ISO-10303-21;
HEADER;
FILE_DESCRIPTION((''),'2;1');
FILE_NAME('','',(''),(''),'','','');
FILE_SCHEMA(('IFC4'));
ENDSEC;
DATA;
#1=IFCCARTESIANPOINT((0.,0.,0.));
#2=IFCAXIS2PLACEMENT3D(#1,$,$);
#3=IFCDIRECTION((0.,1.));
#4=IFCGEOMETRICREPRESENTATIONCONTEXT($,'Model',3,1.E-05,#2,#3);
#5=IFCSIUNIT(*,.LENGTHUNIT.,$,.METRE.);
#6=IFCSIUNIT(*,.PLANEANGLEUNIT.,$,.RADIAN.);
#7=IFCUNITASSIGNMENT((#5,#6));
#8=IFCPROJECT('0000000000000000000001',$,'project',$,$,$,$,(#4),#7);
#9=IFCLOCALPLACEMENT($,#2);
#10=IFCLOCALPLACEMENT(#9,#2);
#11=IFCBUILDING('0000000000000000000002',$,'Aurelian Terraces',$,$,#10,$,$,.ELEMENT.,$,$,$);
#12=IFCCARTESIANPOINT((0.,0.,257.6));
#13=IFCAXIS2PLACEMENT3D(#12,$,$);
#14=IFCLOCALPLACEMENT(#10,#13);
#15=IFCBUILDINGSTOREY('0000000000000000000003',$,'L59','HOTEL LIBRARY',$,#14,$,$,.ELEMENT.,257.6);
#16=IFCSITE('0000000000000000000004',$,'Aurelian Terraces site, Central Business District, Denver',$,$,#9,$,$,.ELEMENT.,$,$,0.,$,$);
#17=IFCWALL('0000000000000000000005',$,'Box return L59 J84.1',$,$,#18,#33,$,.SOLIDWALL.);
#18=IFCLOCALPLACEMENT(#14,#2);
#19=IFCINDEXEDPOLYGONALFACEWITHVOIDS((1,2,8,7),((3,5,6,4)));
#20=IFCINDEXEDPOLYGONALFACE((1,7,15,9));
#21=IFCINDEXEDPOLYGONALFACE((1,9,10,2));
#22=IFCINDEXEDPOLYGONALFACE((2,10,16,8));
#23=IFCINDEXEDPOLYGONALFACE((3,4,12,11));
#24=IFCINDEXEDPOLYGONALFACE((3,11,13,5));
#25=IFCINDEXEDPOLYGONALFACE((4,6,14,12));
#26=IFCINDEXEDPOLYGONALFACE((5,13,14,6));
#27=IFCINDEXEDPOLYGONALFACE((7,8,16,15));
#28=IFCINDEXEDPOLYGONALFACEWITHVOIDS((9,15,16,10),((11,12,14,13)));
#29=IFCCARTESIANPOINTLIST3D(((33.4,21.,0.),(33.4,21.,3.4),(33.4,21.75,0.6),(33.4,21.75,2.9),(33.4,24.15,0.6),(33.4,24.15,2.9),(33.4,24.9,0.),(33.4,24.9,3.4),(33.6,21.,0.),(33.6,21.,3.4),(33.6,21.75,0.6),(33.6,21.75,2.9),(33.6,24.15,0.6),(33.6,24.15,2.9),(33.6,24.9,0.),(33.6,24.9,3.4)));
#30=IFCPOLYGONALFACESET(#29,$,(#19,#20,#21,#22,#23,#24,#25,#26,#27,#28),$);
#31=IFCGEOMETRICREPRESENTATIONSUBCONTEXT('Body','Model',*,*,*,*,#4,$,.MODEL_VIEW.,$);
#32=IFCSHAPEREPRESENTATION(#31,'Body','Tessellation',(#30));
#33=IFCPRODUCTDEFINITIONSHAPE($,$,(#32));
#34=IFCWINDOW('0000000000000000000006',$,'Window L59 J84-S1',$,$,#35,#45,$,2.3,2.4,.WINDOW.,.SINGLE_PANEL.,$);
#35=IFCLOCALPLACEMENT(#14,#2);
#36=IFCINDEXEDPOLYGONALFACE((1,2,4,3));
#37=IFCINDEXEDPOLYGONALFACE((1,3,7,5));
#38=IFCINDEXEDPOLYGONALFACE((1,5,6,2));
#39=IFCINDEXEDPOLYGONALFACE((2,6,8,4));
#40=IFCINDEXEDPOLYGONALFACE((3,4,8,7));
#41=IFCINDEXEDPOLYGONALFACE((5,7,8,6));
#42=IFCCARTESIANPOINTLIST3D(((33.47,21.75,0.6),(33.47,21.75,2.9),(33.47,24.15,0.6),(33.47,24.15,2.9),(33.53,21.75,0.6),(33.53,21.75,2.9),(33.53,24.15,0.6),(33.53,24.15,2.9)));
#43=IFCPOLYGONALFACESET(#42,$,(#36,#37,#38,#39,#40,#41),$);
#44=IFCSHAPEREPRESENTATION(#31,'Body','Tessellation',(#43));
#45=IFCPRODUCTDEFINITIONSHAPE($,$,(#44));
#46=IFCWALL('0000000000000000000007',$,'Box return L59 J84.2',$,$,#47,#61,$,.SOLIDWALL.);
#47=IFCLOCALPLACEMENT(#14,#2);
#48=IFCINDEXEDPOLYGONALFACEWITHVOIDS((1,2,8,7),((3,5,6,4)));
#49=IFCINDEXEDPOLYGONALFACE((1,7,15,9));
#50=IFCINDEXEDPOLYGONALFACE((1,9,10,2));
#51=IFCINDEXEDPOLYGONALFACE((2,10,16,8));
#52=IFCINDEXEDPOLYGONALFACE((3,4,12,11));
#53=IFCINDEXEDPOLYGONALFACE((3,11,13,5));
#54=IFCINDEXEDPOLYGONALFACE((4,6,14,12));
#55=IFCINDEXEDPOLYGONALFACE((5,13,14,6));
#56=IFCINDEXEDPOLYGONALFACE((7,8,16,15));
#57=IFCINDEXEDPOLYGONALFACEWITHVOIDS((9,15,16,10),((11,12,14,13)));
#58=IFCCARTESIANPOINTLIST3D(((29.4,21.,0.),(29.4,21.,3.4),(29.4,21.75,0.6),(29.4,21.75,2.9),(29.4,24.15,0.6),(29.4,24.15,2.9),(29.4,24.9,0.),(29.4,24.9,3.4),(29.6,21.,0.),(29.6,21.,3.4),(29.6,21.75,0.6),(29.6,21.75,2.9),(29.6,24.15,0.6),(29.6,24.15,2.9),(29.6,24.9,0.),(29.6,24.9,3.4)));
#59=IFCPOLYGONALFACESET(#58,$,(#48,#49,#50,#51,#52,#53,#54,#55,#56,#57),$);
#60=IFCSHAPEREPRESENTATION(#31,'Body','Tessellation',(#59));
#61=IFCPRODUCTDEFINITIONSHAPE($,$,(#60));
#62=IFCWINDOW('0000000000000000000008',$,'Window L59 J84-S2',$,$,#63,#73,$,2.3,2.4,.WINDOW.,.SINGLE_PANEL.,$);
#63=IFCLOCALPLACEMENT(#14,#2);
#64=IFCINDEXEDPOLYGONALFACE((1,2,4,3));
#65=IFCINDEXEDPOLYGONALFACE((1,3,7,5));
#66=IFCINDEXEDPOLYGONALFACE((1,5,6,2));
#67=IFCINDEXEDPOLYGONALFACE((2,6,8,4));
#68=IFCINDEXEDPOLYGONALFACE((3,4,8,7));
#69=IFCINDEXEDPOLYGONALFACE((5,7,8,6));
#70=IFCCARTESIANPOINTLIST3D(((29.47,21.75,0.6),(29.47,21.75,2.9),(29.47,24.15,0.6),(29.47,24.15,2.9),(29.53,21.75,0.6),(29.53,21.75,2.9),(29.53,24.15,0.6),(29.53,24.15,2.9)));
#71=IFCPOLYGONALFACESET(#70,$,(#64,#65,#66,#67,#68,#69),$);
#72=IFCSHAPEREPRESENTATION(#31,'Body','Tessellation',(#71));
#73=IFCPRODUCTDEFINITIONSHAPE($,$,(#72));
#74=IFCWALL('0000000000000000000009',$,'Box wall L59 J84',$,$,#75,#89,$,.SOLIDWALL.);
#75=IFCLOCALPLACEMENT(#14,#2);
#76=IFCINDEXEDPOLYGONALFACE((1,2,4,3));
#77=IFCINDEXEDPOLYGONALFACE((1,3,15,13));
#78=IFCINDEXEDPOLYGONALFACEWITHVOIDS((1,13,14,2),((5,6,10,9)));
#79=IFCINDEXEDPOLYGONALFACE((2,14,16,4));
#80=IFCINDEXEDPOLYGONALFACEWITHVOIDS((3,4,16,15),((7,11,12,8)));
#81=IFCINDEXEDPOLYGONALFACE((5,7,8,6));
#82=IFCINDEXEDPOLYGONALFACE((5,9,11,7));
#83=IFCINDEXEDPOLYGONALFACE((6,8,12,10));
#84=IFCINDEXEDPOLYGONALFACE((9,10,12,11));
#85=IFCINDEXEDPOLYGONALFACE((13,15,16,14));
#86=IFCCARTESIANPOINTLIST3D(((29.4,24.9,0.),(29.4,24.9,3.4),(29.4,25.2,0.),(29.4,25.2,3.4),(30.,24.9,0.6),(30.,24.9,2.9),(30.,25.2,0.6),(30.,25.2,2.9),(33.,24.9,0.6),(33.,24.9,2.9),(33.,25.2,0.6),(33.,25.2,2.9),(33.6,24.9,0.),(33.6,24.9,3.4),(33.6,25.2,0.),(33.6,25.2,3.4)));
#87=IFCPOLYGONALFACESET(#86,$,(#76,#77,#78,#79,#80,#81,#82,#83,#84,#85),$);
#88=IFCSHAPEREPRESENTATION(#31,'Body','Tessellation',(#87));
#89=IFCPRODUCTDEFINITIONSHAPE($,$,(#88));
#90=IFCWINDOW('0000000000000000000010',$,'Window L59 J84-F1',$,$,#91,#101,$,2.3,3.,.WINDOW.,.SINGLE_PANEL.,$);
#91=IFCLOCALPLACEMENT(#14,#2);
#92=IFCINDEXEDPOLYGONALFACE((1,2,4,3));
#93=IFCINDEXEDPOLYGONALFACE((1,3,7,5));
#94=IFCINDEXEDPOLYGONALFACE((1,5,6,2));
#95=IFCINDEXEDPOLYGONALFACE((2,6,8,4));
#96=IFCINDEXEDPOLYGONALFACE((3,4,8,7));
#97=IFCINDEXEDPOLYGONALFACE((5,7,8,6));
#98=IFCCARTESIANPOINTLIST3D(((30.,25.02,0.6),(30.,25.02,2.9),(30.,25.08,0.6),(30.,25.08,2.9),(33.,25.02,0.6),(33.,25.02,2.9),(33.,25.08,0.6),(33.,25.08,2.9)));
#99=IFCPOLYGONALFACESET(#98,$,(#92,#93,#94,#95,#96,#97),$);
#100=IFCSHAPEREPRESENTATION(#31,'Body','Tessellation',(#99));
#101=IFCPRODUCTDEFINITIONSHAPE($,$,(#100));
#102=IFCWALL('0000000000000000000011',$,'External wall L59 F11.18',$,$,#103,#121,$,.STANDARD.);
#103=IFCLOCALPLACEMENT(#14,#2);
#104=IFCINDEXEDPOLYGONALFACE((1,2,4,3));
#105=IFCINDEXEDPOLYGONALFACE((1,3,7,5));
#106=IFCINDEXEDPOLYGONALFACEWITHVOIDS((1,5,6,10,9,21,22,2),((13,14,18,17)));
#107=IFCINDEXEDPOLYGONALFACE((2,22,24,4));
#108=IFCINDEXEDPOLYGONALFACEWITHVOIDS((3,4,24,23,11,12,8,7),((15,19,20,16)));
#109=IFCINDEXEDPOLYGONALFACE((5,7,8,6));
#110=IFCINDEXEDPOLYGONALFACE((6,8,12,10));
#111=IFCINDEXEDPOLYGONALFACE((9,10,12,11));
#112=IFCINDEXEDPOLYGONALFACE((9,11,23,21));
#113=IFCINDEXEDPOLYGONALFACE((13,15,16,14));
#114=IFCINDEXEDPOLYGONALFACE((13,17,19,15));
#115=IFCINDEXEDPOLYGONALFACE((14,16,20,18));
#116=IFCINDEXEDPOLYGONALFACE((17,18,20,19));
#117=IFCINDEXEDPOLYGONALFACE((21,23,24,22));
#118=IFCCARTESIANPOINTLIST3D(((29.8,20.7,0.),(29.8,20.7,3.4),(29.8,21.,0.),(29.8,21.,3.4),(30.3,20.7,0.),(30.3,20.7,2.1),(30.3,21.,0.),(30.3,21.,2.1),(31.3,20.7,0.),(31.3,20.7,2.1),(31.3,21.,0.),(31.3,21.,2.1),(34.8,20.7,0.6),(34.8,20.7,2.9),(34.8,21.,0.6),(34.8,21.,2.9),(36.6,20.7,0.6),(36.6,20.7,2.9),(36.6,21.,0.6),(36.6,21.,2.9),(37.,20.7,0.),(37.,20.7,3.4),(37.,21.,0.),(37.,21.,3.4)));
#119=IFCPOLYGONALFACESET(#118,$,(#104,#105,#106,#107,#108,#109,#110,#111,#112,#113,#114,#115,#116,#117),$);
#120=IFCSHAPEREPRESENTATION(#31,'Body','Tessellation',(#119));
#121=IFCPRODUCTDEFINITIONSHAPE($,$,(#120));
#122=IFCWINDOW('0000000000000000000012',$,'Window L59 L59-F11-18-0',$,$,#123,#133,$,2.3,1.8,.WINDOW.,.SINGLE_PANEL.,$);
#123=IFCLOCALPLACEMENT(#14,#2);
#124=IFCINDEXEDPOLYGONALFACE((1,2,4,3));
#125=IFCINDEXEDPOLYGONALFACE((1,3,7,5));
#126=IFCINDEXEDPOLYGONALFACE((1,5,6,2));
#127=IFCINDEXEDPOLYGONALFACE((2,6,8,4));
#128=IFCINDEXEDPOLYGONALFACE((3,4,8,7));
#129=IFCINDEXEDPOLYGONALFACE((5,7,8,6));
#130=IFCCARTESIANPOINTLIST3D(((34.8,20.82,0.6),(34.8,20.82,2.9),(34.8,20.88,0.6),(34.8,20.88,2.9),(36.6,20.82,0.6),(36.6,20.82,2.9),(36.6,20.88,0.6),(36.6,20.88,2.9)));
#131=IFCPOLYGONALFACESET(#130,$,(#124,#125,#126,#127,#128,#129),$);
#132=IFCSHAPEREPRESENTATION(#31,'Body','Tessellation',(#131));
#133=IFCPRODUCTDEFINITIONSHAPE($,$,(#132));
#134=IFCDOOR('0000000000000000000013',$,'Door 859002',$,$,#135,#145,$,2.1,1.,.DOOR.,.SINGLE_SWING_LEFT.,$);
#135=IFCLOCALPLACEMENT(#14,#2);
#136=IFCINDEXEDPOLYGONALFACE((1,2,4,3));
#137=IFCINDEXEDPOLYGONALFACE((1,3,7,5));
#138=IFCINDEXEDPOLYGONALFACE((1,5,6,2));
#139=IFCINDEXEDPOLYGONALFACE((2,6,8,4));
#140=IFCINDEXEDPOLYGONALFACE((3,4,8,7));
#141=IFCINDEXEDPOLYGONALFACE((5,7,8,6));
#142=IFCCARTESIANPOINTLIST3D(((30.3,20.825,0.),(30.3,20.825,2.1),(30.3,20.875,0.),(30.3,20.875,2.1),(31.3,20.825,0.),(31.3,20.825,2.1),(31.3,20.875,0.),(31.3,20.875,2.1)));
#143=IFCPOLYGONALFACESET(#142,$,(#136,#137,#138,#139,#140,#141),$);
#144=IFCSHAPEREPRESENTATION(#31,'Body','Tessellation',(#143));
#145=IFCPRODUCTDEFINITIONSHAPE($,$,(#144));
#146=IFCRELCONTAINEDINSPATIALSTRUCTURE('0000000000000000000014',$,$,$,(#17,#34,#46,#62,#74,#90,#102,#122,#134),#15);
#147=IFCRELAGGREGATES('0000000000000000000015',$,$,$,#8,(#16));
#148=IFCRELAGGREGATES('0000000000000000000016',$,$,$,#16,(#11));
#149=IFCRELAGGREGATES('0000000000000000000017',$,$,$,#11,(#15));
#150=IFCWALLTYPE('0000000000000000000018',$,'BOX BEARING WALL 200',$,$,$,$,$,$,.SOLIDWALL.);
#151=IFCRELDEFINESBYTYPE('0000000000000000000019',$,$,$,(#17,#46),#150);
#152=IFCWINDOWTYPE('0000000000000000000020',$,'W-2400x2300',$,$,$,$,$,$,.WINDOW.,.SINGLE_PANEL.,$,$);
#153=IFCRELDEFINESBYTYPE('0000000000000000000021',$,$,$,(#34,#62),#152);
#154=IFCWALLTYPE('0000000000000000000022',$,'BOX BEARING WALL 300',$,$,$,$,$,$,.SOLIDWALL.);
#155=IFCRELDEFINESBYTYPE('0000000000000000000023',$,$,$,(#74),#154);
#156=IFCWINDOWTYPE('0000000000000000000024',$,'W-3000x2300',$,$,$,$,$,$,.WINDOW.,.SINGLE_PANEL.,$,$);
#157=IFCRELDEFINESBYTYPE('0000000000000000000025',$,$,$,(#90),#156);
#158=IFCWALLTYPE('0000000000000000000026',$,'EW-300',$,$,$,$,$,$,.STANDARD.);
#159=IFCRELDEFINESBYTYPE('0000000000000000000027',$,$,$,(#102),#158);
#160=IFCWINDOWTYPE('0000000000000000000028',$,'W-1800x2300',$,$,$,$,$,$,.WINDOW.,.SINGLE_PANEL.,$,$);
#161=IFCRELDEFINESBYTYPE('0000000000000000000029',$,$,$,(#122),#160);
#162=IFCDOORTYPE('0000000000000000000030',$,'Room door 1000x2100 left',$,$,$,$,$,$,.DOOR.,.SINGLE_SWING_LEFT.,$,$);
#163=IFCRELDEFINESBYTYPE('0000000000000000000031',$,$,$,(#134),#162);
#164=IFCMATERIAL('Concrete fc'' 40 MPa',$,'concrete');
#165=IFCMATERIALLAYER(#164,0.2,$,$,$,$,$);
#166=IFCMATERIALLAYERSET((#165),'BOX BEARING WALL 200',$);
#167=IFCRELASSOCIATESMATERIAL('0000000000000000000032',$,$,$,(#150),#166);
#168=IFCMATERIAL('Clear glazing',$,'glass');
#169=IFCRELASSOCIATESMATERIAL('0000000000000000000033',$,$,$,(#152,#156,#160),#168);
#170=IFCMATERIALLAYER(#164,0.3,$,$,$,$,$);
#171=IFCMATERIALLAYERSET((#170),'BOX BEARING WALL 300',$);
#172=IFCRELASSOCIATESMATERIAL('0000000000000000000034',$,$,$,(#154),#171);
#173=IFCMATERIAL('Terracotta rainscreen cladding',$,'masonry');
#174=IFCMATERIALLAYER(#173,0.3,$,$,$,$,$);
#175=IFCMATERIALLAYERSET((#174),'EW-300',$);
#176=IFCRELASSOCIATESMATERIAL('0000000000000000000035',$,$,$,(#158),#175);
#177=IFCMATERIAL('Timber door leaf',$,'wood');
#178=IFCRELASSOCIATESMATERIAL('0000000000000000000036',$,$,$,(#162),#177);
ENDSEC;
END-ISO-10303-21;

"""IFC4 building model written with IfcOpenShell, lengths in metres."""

from ifc_helpers import new_model, si_unit, direction, frame, frame_2d, origin, place, context, subcontext, project, spatial, rectangle, extrude, source, transform, mapped, material, layer, layer_set, type_object, element, fill, save


model = new_model("IFC4")

# Units and contexts
model_context = context("Model", 3, precision=1e-05, world=origin(), true_north=direction((0.0, 1.0)))
body_context = subcontext(model_context, "Body", "Model", "MODEL_VIEW")
ifc_project = project(units=[si_unit("LENGTHUNIT", "METRE"), si_unit("PLANEANGLEUNIT", "RADIAN")], contexts=[model_context])

# Site, building, storey
site_placement = place(None, origin())
site = spatial("IfcSite", under=ifc_project, at=site_placement, Name="Aurelian Terraces site, Central Business District, Denver", CompositionType="ELEMENT", RefElevation=0.0)
building_placement = place(site_placement, origin())
building = spatial("IfcBuilding", under=site, at=building_placement, Name="Aurelian Terraces", CompositionType="ELEMENT")
storey_placement = place(building_placement, frame((0.0, 0.0, 257.6)))
storey = spatial("IfcBuildingStorey", under=building, at=storey_placement, Name="L59", Description="HOTEL LIBRARY", CompositionType="ELEMENT", Elevation=257.6)

# Walls, openings, windows
ifc_material_1 = material(Name="Concrete fc' 40 MPa", Category="concrete")
ifc_layer_1 = layer(ifc_material_1, 0.2)
ifc_layer_set_1 = layer_set([ifc_layer_1], Name="BOX BEARING WALL 200")
wall_type_1 = type_object("IfcWallType", Name="BOX BEARING WALL 200", PredefinedType="SOLIDWALL", material=ifc_layer_set_1)
shared_shape_1 = source(origin(), body_context, "Body", "SweptSolid", [
    extrude(rectangle(XDim=3.9, YDim=0.2, at=frame_2d((1.95, 0.0))), origin(), (0.0, 0.0, 1.0), 3.4),
])
wall_1_placement = place(storey_placement, frame((33.5, 21.0, 0.0), z_axis=(0.0, 0.0, 1.0), x_axis=(0.0, 1.0, 0.0)))
wall_1 = element("IfcWall", 1, at=wall_1_placement, inside=storey, type_object=wall_type_1, Name="Box return L59 J84.1", PredefinedType="SOLIDWALL", context=body_context, shape_type="MappedRepresentation", body=[
    mapped(shared_shape_1, transform((0.0, 0.0, 0.0), scale=1.0)),
])
shared_shape_2 = source(origin(), body_context, "Body", "SweptSolid", [
    extrude(rectangle(XDim=2.4, YDim=2.3, at=frame_2d((1.2, 1.15))), frame((0.0, 0.11, 0.0), z_axis=(0.0, -1.0, 0.0), x_axis=(1.0, 0.0, 0.0)), (0.0, 0.0, 1.0), 0.22),
])
opening_1_placement = place(wall_1_placement, frame((0.75, 0.0, 0.6)))
opening_1 = element("IfcOpeningElement", 2, at=opening_1_placement, cuts=wall_1, PredefinedType="OPENING", context=body_context, shape_type="MappedRepresentation", body=[
    mapped(shared_shape_2, transform((0.0, 0.0, 0.0), scale=1.0)),
])
ifc_material_2 = material(Name="Clear glazing", Category="glass")
window_type_1 = type_object("IfcWindowType", Name="W-2400x2300", PartitioningType="SINGLE_PANEL", PredefinedType="WINDOW", material=ifc_material_2)
shared_shape_3 = source(origin(), body_context, "Body", "SweptSolid", [
    extrude(rectangle(XDim=2.4, YDim=2.3, at=frame_2d((1.2, 1.15))), frame((0.0, 0.03, 0.0), z_axis=(0.0, -1.0, 0.0), x_axis=(1.0, 0.0, 0.0)), (0.0, 0.0, 1.0), 0.06),
])
window_1_placement = place(opening_1_placement, origin())
window_1 = element("IfcWindow", 3, at=window_1_placement, inside=storey, type_object=window_type_1, Name="Window L59 J84-S1", OverallHeight=2.3, OverallWidth=2.4, PartitioningType="SINGLE_PANEL", PredefinedType="WINDOW", context=body_context, shape_type="MappedRepresentation", body=[
    mapped(shared_shape_3, transform((0.0, 0.0, 0.0), scale=1.0)),
])
fill(opening_1, window_1)
wall_2_placement = place(storey_placement, frame((29.5, 21.0, 0.0), z_axis=(0.0, 0.0, 1.0), x_axis=(0.0, 1.0, 0.0)))
wall_2 = element("IfcWall", 4, at=wall_2_placement, inside=storey, type_object=wall_type_1, Name="Box return L59 J84.2", PredefinedType="SOLIDWALL", context=body_context, shape_type="MappedRepresentation", body=[
    mapped(shared_shape_1, transform((0.0, 0.0, 0.0), scale=1.0)),
])
opening_2_placement = place(wall_2_placement, frame((0.75, 0.0, 0.6)))
opening_2 = element("IfcOpeningElement", 5, at=opening_2_placement, cuts=wall_2, PredefinedType="OPENING", context=body_context, shape_type="MappedRepresentation", body=[
    mapped(shared_shape_2, transform((0.0, 0.0, 0.0), scale=1.0)),
])
window_2_placement = place(opening_2_placement, origin())
window_2 = element("IfcWindow", 6, at=window_2_placement, inside=storey, type_object=window_type_1, Name="Window L59 J84-S2", OverallHeight=2.3, OverallWidth=2.4, PartitioningType="SINGLE_PANEL", PredefinedType="WINDOW", context=body_context, shape_type="MappedRepresentation", body=[
    mapped(shared_shape_3, transform((0.0, 0.0, 0.0), scale=1.0)),
])
fill(opening_2, window_2)
ifc_layer_2 = layer(ifc_material_1, 0.3)
ifc_layer_set_2 = layer_set([ifc_layer_2], Name="BOX BEARING WALL 300")
wall_type_2 = type_object("IfcWallType", Name="BOX BEARING WALL 300", PredefinedType="SOLIDWALL", material=ifc_layer_set_2)
shared_shape_4 = source(origin(), body_context, "Body", "SweptSolid", [
    extrude(rectangle(XDim=4.2, YDim=0.3, at=frame_2d((2.1, 0.0))), origin(), (0.0, 0.0, 1.0), 3.4),
])
wall_3_placement = place(storey_placement, frame((33.6, 25.05, 0.0), z_axis=(0.0, 0.0, 1.0), x_axis=(-1.0, 0.0, 0.0)))
wall_3 = element("IfcWall", 7, at=wall_3_placement, inside=storey, type_object=wall_type_2, Name="Box wall L59 J84", PredefinedType="SOLIDWALL", context=body_context, shape_type="MappedRepresentation", body=[
    mapped(shared_shape_4, transform((0.0, 0.0, 0.0), scale=1.0)),
])
shared_shape_5 = source(origin(), body_context, "Body", "SweptSolid", [
    extrude(rectangle(XDim=3.0, YDim=2.3, at=frame_2d((1.5, 1.15))), frame((0.0, 0.16, 0.0), z_axis=(0.0, -1.0, 0.0), x_axis=(1.0, 0.0, 0.0)), (0.0, 0.0, 1.0), 0.32),
])
opening_3_placement = place(wall_3_placement, frame((0.6, 0.0, 0.6)))
opening_3 = element("IfcOpeningElement", 8, at=opening_3_placement, cuts=wall_3, PredefinedType="OPENING", context=body_context, shape_type="MappedRepresentation", body=[
    mapped(shared_shape_5, transform((0.0, 0.0, 0.0), scale=1.0)),
])
window_type_2 = type_object("IfcWindowType", Name="W-3000x2300", PartitioningType="SINGLE_PANEL", PredefinedType="WINDOW", material=ifc_material_2)
shared_shape_6 = source(origin(), body_context, "Body", "SweptSolid", [
    extrude(rectangle(XDim=3.0, YDim=2.3, at=frame_2d((1.5, 1.15))), frame((0.0, 0.03, 0.0), z_axis=(0.0, -1.0, 0.0), x_axis=(1.0, 0.0, 0.0)), (0.0, 0.0, 1.0), 0.06),
])
window_3_placement = place(opening_3_placement, origin())
window_3 = element("IfcWindow", 9, at=window_3_placement, inside=storey, type_object=window_type_2, Name="Window L59 J84-F1", OverallHeight=2.3, OverallWidth=3.0, PartitioningType="SINGLE_PANEL", PredefinedType="WINDOW", context=body_context, shape_type="MappedRepresentation", body=[
    mapped(shared_shape_6, transform((0.0, 0.0, 0.0), scale=1.0)),
])
fill(opening_3, window_3)

# Wall, openings, window, door
ifc_material_3 = material(Name="Terracotta rainscreen cladding", Category="masonry")
ifc_layer_3 = layer(ifc_material_3, 0.3)
ifc_layer_set_3 = layer_set([ifc_layer_3], Name="EW-300")
wall_type_3 = type_object("IfcWallType", Name="EW-300", PredefinedType="STANDARD", material=ifc_layer_set_3)
shared_shape_7 = source(origin(), body_context, "Body", "SweptSolid", [
    extrude(rectangle(XDim=7.2, YDim=0.3, at=frame_2d((3.6, 0.0))), origin(), (0.0, 0.0, 1.0), 3.4),
])
wall_4_placement = place(storey_placement, frame((37.0, 20.85, 0.0), z_axis=(0.0, 0.0, 1.0), x_axis=(-1.0, 0.0, 0.0)))
wall_4 = element("IfcWall", 10, at=wall_4_placement, inside=storey, type_object=wall_type_3, Name="External wall L59 F11.18", PredefinedType="STANDARD", context=body_context, shape_type="MappedRepresentation", body=[
    mapped(shared_shape_7, transform((0.0, 0.0, 0.0), scale=1.0)),
])
shared_shape_8 = source(origin(), body_context, "Body", "SweptSolid", [
    extrude(rectangle(XDim=1.8, YDim=2.3, at=frame_2d((0.9, 1.15))), frame((0.0, 0.16, 0.0), z_axis=(0.0, -1.0, 0.0), x_axis=(1.0, 0.0, 0.0)), (0.0, 0.0, 1.0), 0.32),
])
opening_4_placement = place(wall_4_placement, frame((0.4, 0.0, 0.6)))
opening_4 = element("IfcOpeningElement", 11, at=opening_4_placement, cuts=wall_4, PredefinedType="OPENING", context=body_context, shape_type="MappedRepresentation", body=[
    mapped(shared_shape_8, transform((0.0, 0.0, 0.0), scale=1.0)),
])
shared_shape_9 = source(origin(), body_context, "Body", "SweptSolid", [
    extrude(rectangle(XDim=1.0, YDim=2.1, at=frame_2d((0.5, 1.05))), frame((0.0, 0.16, 0.0), z_axis=(0.0, -1.0, 0.0), x_axis=(1.0, 0.0, 0.0)), (0.0, 0.0, 1.0), 0.32),
])
opening_5_placement = place(wall_4_placement, frame((5.7, 0.0, 0.0)))
opening_5 = element("IfcOpeningElement", 12, at=opening_5_placement, cuts=wall_4, PredefinedType="OPENING", context=body_context, shape_type="MappedRepresentation", body=[
    mapped(shared_shape_9, transform((0.0, 0.0, 0.0), scale=1.0)),
])
window_type_3 = type_object("IfcWindowType", Name="W-1800x2300", PartitioningType="SINGLE_PANEL", PredefinedType="WINDOW", material=ifc_material_2)
shared_shape_10 = source(origin(), body_context, "Body", "SweptSolid", [
    extrude(rectangle(XDim=1.8, YDim=2.3, at=frame_2d((0.9, 1.15))), frame((0.0, 0.03, 0.0), z_axis=(0.0, -1.0, 0.0), x_axis=(1.0, 0.0, 0.0)), (0.0, 0.0, 1.0), 0.06),
])
window_4_placement = place(opening_4_placement, origin())
window_4 = element("IfcWindow", 13, at=window_4_placement, inside=storey, type_object=window_type_3, Name="Window L59 L59-F11-18-0", OverallHeight=2.3, OverallWidth=1.8, PartitioningType="SINGLE_PANEL", PredefinedType="WINDOW", context=body_context, shape_type="MappedRepresentation", body=[
    mapped(shared_shape_10, transform((0.0, 0.0, 0.0), scale=1.0)),
])
fill(opening_4, window_4)
ifc_material_4 = material(Name="Timber door leaf", Category="wood")
door_type = type_object("IfcDoorType", Name="Room door 1000x2100 left", OperationType="SINGLE_SWING_LEFT", PredefinedType="DOOR", material=ifc_material_4)
shared_shape_11 = source(origin(), body_context, "Body", "SweptSolid", [
    extrude(rectangle(XDim=1.0, YDim=2.1, at=frame_2d((0.5, 1.05))), frame((0.0, 0.025, 0.0), z_axis=(0.0, -1.0, 0.0), x_axis=(1.0, 0.0, 0.0)), (0.0, 0.0, 1.0), 0.05),
])
door_placement = place(opening_5_placement, origin())
door = element("IfcDoor", 14, at=door_placement, inside=storey, type_object=door_type, Name="Door 859002", OperationType="SINGLE_SWING_LEFT", OverallHeight=2.1, OverallWidth=1.0, PredefinedType="DOOR", context=body_context, shape_type="MappedRepresentation", body=[
    mapped(shared_shape_11, transform((0.0, 0.0, 0.0), scale=1.0)),
])
fill(opening_5, door)

save(model, "model.ifc")
